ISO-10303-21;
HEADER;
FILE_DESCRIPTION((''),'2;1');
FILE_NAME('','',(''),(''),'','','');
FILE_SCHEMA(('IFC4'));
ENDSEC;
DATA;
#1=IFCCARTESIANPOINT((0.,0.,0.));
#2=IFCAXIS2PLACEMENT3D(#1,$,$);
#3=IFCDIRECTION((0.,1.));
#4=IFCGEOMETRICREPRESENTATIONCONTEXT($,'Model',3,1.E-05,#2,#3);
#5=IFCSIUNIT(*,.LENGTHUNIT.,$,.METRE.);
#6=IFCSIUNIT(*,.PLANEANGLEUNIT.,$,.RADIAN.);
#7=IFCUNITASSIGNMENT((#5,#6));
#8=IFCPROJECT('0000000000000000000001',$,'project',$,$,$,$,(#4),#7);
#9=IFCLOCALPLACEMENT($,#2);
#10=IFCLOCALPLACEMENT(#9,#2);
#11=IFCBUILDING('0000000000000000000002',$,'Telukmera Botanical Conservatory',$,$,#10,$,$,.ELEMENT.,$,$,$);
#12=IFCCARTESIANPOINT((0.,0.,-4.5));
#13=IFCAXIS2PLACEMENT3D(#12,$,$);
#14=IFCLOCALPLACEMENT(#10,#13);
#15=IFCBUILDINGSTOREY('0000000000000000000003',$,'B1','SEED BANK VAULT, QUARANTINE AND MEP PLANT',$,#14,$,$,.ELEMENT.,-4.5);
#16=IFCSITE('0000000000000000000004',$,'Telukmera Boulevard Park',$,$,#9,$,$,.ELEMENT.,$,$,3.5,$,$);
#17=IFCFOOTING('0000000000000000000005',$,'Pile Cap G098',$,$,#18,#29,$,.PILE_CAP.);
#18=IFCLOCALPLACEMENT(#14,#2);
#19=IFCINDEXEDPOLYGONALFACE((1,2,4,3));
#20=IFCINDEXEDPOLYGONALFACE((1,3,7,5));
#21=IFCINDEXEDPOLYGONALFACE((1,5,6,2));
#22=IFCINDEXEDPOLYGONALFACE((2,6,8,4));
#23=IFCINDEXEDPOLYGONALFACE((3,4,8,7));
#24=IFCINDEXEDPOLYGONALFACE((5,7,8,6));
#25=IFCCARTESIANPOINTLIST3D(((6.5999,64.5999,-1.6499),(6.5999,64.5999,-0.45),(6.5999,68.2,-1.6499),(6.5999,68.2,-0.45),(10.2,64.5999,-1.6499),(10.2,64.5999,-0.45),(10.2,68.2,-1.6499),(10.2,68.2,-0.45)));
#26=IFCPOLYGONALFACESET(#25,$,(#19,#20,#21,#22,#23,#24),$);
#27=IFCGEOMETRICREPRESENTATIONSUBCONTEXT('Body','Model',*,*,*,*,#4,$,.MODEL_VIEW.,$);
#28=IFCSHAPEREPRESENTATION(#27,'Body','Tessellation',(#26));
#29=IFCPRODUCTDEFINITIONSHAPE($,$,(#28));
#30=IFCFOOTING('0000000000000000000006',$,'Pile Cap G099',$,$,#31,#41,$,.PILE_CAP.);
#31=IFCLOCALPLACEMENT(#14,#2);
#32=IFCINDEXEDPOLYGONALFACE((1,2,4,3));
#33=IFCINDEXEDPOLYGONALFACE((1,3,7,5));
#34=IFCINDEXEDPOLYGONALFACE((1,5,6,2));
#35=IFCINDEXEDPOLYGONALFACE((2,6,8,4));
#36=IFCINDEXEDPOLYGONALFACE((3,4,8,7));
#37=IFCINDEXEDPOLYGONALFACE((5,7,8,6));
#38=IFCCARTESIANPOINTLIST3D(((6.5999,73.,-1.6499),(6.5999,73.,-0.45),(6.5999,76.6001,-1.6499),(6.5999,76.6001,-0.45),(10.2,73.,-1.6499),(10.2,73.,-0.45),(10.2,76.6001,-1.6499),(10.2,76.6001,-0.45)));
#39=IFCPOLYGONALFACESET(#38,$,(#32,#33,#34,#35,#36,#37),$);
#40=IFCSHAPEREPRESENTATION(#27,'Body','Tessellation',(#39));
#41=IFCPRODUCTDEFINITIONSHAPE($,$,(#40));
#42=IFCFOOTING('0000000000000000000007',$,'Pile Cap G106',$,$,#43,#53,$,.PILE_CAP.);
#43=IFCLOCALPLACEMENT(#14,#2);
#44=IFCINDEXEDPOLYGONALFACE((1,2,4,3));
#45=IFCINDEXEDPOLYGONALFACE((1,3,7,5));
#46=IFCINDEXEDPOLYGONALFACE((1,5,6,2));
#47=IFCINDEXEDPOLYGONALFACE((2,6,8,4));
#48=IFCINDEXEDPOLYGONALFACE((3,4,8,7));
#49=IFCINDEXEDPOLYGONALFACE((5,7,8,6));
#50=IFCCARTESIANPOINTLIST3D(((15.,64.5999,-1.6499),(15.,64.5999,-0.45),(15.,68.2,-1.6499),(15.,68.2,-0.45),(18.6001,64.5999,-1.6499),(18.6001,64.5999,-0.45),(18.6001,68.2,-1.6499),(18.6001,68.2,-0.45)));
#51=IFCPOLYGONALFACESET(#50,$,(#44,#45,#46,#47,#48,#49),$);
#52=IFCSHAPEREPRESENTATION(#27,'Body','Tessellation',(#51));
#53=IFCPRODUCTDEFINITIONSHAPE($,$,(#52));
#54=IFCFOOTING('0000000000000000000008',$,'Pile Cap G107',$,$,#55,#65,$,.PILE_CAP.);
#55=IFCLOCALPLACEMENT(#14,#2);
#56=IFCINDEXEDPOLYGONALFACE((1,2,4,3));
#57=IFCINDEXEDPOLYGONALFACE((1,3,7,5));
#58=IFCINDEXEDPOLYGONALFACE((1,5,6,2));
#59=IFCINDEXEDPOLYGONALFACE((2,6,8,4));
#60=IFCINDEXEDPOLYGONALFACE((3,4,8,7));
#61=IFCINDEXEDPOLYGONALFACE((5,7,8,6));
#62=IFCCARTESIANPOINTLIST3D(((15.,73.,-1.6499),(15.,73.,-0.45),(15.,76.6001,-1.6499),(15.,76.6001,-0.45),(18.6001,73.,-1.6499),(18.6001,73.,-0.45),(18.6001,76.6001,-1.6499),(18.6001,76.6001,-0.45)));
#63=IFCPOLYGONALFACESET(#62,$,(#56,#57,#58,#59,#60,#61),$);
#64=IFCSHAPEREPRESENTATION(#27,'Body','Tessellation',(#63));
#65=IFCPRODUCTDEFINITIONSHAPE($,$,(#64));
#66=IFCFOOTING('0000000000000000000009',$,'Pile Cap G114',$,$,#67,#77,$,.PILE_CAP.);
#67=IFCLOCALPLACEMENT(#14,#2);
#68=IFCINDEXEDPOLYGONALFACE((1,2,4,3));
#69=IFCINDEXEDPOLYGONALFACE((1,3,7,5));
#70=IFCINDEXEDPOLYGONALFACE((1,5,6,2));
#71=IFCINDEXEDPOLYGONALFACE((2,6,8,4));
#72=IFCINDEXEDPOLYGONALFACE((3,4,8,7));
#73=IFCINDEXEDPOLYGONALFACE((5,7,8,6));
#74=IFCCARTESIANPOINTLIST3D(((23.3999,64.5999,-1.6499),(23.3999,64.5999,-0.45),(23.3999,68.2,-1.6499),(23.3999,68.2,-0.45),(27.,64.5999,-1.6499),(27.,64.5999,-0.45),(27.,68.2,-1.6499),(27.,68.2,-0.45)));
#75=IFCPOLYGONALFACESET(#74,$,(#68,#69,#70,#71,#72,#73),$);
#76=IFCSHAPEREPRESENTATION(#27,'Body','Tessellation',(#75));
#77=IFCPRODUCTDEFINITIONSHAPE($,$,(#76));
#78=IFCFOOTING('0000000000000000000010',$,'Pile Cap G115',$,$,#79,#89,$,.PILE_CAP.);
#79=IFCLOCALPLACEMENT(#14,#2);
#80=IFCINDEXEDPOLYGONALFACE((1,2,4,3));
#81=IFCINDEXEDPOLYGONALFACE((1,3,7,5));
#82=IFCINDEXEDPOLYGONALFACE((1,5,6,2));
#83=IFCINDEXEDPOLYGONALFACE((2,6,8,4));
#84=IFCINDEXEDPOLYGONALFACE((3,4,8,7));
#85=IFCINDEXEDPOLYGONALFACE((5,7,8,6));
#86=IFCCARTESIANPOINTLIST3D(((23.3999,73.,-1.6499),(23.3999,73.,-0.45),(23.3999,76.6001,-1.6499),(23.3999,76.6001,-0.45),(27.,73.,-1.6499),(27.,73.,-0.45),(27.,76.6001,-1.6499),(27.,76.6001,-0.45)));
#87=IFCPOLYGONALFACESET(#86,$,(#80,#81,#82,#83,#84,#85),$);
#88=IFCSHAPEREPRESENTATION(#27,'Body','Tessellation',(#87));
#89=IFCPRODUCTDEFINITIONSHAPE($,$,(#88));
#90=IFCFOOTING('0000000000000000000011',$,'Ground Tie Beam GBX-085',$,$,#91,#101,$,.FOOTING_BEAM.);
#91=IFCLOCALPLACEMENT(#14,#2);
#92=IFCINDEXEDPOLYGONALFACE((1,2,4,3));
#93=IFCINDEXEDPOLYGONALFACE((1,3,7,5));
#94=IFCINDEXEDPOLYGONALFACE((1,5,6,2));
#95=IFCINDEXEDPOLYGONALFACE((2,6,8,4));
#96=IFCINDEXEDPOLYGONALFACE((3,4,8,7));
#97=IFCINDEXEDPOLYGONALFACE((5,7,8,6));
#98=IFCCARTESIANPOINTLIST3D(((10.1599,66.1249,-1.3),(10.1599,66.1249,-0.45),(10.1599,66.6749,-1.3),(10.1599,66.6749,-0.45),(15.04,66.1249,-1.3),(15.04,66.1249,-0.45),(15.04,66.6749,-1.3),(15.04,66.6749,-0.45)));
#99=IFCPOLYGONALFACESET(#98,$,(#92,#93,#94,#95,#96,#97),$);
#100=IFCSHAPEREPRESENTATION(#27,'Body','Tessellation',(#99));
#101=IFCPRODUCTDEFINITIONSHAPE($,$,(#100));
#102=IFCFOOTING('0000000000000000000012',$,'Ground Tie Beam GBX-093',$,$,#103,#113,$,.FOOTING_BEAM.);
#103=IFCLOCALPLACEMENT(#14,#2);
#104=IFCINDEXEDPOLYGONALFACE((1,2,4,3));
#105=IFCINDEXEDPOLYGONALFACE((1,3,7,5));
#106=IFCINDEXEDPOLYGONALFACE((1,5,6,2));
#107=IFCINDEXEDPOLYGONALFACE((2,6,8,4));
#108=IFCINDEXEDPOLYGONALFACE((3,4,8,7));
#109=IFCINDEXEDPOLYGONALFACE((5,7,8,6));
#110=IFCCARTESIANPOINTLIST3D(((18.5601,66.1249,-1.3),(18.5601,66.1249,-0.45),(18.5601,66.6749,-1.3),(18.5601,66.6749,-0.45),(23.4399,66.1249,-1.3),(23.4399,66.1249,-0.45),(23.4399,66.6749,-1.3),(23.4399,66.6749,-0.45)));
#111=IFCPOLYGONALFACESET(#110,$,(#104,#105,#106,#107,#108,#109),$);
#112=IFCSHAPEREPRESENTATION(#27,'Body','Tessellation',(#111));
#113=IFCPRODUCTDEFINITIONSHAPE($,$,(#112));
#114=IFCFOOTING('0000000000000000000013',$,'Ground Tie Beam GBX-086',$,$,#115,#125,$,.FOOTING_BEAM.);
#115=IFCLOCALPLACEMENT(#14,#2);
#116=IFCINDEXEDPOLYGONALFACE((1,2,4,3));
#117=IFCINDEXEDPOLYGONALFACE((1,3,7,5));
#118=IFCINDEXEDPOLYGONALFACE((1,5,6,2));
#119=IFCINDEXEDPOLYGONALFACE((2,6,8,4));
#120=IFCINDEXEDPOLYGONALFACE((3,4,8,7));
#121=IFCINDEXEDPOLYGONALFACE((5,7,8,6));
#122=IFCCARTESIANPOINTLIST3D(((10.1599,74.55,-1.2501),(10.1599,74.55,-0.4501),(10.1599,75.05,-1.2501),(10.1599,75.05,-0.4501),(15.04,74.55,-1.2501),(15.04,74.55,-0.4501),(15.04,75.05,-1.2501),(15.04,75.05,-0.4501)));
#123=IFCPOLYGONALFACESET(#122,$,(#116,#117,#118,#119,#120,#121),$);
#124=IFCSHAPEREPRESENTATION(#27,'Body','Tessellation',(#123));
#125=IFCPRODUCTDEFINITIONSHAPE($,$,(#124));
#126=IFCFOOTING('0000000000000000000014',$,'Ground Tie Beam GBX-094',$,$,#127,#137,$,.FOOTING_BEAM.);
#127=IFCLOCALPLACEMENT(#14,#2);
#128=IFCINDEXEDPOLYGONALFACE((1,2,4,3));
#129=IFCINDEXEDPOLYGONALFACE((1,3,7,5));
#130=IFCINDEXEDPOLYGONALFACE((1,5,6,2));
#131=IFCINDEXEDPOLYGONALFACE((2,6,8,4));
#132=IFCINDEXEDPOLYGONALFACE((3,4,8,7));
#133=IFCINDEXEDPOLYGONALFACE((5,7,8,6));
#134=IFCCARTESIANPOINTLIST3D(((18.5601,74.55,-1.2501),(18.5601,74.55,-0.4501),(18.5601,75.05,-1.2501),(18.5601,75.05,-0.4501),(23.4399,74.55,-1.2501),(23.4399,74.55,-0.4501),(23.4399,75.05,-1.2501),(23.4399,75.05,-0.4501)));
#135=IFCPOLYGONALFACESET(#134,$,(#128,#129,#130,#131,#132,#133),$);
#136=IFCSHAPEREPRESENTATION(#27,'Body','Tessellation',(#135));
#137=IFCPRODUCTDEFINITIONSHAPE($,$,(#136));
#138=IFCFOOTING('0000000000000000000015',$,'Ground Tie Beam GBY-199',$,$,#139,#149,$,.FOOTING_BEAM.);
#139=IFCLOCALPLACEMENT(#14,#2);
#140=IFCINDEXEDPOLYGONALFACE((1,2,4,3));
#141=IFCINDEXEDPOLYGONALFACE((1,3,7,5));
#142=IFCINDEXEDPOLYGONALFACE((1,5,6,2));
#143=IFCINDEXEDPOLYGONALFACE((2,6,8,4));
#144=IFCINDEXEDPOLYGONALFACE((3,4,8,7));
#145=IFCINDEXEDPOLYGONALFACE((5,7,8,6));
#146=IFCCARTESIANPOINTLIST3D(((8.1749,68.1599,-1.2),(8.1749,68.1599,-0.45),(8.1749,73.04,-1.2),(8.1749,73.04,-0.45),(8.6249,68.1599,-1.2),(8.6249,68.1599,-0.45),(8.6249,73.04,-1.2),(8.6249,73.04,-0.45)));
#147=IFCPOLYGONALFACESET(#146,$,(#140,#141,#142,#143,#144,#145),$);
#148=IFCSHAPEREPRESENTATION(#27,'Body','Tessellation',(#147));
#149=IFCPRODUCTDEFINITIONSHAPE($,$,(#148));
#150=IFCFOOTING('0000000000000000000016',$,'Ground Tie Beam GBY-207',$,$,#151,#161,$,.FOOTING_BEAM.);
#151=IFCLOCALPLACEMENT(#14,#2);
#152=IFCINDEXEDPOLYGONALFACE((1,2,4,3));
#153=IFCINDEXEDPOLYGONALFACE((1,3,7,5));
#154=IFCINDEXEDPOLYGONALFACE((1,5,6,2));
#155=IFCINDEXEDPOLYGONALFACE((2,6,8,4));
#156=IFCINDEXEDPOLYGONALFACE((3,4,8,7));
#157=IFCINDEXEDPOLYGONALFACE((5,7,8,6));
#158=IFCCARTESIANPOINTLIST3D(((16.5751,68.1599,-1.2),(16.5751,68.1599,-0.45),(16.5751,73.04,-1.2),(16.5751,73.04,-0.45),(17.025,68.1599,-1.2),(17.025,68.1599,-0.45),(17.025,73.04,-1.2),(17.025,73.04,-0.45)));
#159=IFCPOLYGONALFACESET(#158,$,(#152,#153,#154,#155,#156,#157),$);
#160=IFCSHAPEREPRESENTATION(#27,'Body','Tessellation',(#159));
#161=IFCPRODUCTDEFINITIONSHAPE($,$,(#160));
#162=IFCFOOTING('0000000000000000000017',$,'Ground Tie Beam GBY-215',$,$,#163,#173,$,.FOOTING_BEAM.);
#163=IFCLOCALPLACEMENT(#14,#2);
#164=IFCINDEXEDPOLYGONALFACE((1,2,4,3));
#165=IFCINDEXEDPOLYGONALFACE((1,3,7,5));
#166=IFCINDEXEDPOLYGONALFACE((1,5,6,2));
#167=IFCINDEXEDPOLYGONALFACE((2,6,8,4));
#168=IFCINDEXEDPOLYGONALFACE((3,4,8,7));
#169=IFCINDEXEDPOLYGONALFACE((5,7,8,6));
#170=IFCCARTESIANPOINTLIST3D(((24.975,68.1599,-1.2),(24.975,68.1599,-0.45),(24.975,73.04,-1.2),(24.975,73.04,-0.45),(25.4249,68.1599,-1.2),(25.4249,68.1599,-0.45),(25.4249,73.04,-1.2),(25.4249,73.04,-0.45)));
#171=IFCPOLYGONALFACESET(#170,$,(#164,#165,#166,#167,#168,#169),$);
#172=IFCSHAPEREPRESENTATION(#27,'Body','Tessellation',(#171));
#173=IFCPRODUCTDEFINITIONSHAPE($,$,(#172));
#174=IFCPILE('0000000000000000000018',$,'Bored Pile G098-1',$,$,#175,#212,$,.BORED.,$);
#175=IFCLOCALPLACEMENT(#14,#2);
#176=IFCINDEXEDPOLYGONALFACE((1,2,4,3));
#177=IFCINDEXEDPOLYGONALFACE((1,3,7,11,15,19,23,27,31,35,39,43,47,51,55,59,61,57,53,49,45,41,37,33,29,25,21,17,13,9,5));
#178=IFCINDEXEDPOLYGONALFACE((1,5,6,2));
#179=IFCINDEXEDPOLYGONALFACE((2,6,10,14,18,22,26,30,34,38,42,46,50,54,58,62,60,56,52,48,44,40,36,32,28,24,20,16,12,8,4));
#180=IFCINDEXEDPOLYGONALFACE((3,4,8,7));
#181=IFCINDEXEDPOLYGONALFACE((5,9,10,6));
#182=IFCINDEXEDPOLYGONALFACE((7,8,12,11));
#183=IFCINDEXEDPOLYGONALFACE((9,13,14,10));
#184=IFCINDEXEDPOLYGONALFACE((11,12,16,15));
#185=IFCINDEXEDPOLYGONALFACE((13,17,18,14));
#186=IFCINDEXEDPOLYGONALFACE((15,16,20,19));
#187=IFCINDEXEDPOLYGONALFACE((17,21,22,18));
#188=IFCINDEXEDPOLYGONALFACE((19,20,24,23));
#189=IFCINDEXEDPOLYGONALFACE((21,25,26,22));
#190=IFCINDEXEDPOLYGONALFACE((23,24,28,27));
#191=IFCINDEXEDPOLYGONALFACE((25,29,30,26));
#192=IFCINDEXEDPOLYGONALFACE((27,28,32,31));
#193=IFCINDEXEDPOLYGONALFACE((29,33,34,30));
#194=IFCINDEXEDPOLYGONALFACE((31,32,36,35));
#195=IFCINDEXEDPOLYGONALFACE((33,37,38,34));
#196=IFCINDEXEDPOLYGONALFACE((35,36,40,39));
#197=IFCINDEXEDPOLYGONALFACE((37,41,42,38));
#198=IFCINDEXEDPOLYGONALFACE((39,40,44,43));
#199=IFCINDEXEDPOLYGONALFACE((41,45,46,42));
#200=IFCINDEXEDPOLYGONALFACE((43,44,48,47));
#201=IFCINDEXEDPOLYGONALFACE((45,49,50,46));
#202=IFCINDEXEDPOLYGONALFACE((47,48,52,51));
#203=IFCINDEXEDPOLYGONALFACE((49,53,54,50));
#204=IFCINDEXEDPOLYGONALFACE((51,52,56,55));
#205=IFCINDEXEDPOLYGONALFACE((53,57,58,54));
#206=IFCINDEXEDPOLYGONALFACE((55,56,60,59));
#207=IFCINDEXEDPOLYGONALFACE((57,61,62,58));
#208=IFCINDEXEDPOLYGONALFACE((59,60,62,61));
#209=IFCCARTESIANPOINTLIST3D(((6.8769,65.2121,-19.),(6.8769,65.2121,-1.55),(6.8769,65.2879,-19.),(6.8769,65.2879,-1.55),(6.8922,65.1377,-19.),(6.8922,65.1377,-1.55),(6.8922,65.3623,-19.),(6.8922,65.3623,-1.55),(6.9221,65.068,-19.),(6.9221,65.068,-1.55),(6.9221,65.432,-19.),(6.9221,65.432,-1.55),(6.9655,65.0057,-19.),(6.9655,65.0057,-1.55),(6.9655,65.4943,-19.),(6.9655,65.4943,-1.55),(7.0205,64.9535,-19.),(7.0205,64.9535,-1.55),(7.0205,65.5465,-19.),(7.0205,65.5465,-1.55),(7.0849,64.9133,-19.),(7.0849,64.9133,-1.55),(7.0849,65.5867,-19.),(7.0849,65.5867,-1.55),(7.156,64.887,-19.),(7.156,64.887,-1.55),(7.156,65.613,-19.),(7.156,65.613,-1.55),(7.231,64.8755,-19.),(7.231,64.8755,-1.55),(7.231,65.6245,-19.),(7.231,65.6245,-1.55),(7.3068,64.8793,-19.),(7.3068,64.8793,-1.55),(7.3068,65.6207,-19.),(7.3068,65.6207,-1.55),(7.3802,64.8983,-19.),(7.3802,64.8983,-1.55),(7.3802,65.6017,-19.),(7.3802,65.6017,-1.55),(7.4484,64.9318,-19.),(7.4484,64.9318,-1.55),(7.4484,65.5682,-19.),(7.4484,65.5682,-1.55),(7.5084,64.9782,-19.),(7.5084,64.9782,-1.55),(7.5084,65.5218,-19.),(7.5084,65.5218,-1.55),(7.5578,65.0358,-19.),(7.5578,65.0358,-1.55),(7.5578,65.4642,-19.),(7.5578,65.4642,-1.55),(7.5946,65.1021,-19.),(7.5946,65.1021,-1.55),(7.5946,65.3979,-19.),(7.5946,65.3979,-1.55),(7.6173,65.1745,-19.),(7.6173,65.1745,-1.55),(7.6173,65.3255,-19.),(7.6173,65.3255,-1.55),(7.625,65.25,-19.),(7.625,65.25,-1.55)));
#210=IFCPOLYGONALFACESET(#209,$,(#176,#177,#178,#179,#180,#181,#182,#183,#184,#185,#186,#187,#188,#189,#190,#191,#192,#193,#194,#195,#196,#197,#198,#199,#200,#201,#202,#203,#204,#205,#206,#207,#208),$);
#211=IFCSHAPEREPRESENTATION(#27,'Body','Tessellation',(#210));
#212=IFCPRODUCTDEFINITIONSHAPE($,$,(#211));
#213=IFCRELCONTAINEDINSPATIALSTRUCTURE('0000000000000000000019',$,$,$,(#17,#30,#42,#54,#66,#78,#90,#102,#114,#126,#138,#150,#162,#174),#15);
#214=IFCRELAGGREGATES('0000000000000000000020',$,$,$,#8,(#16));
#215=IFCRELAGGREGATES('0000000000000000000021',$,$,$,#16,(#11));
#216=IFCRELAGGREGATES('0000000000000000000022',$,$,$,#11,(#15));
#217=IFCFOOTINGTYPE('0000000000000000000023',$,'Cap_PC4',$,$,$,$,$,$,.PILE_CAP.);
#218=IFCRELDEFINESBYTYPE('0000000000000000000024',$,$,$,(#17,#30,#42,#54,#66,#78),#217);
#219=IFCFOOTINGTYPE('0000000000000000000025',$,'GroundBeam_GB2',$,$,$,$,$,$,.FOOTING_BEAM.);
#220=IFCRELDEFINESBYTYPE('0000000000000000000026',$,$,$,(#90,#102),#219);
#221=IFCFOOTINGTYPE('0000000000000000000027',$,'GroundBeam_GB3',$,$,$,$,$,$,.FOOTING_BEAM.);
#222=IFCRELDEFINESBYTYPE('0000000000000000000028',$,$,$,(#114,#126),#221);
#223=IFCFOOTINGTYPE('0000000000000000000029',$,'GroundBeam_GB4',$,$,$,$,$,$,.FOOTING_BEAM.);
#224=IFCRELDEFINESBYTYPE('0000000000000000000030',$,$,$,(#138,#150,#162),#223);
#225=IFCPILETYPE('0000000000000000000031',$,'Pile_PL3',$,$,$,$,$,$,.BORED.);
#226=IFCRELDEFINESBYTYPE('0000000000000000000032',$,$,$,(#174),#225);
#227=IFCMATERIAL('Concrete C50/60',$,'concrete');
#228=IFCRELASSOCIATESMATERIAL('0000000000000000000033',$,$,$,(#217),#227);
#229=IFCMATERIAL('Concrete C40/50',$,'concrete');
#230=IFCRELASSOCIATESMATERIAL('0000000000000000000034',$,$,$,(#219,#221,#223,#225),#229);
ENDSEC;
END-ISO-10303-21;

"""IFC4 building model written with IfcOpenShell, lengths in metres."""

from ifc_helpers import new_model, si_unit, direction, frame, origin, origin_2d, place, context, subcontext, project, spatial, rectangle, circle, extrude, material, material_profile, profile_set, type_object, element, save


model = new_model("IFC4")

# Units and contexts
model_context = context("Model", 3, precision=1e-05, world=origin(), true_north=direction((0.0, 1.0)))
body_context = subcontext(model_context, "Body", "Model", "MODEL_VIEW")
ifc_project = project(units=[si_unit("LENGTHUNIT", "METRE"), si_unit("PLANEANGLEUNIT", "RADIAN")], contexts=[model_context])

# Site, building, storey
site_placement = place(None, origin())
site = spatial("IfcSite", under=ifc_project, at=site_placement, Name="Telukmera Boulevard Park", CompositionType="ELEMENT", RefElevation=3.5)
building_placement = place(site_placement, origin())
building = spatial("IfcBuilding", under=site, at=building_placement, Name="Telukmera Botanical Conservatory", CompositionType="ELEMENT")
storey_placement = place(building_placement, frame((0.0, 0.0, -4.5)))
storey = spatial("IfcBuildingStorey", under=building, at=storey_placement, Name="B1", Description="SEED BANK VAULT, QUARANTINE AND MEP PLANT", CompositionType="ELEMENT", Elevation=-4.5)

# Footings
ifc_material_1 = material(Name="Concrete C50/60", Category="concrete")
footing_type_1 = type_object("IfcFootingType", Name="Cap_PC4", PredefinedType="PILE_CAP", material=ifc_material_1)
for number, where, z_axis, x_axis, name in (
    (1, (8.3999, 66.3999, -1.6499), (0.0, 0.0, 1.0), (1.0, 0.0, 0.0), "Pile Cap G098"),
    (2, (8.3999, 74.8, -1.6499), (0.0, 0.0, 1.0), (1.0, 0.0, 0.0), "Pile Cap G099"),
    (3, (16.8, 66.3999, -1.6499), (0.0, 0.0, 1.0), (1.0, 0.0, 0.0), "Pile Cap G106"),
    (4, (16.8, 74.8, -1.6499), (0.0, 0.0, 1.0), (1.0, 0.0, 0.0), "Pile Cap G107"),
    (5, (25.2, 66.3999, -1.6499), (0.0, 0.0, 1.0), (1.0, 0.0, 0.0), "Pile Cap G114"),
    (6, (25.2, 74.8, -1.6499), (0.0, 0.0, 1.0), (1.0, 0.0, 0.0), "Pile Cap G115"),
):
    element("IfcFooting", number, at=place(storey_placement, frame(where, z_axis=z_axis, x_axis=x_axis)), inside=storey, type_object=footing_type_1, Name=name, PredefinedType="PILE_CAP", context=body_context, shape_type="SweptSolid", body=[
        extrude(rectangle(XDim=3.6001, YDim=3.6001, at=origin_2d()), origin(), (0.0, 0.0, 1.0), 1.2),
    ])
ifc_material_2 = material(Name="Concrete C40/50", Category="concrete")
ifc_material_profile_1 = material_profile(ifc_material_2, rectangle(XDim=0.55, YDim=0.8501, at=origin_2d()), Name="RC 550x850")
ifc_profile_set_1 = profile_set([ifc_material_profile_1], Name="Concrete C40/50")
footing_type_2 = type_object("IfcFootingType", Name="GroundBeam_GB2", PredefinedType="FOOTING_BEAM", material=ifc_profile_set_1)
footing_1_placement = place(storey_placement, frame((10.1599, 66.3999, -0.875), z_axis=(1.0, 0.0, 0.0), x_axis=(0.0, 1.0, 0.0)))
element("IfcFooting", 7, at=footing_1_placement, inside=storey, type_object=footing_type_2, Name="Ground Tie Beam GBX-085", PredefinedType="FOOTING_BEAM", context=body_context, shape_type="SweptSolid", body=[
    extrude(rectangle(XDim=0.55, YDim=0.8501, at=origin_2d()), origin(), (0.0, 0.0, 1.0), 4.8801),
])
footing_2_placement = place(storey_placement, frame((18.5601, 66.3999, -0.875), z_axis=(1.0, 0.0, 0.0), x_axis=(0.0, 1.0, 0.0)))
element("IfcFooting", 8, at=footing_2_placement, inside=storey, type_object=footing_type_2, Name="Ground Tie Beam GBX-093", PredefinedType="FOOTING_BEAM", context=body_context, shape_type="SweptSolid", body=[
    extrude(rectangle(XDim=0.55, YDim=0.8501, at=origin_2d()), origin(), (0.0, 0.0, 1.0), 4.8799),
])
ifc_material_profile_2 = material_profile(ifc_material_2, rectangle(XDim=0.5, YDim=0.8, at=origin_2d()), Name="RC 500x800")
ifc_profile_set_2 = profile_set([ifc_material_profile_2], Name="Concrete C40/50")
footing_type_3 = type_object("IfcFootingType", Name="GroundBeam_GB3", PredefinedType="FOOTING_BEAM", material=ifc_profile_set_2)
footing_3_placement = place(storey_placement, frame((10.1599, 74.8, -0.8501), z_axis=(1.0, 0.0, 0.0), x_axis=(0.0, 1.0, 0.0)))
element("IfcFooting", 9, at=footing_3_placement, inside=storey, type_object=footing_type_3, Name="Ground Tie Beam GBX-086", PredefinedType="FOOTING_BEAM", context=body_context, shape_type="SweptSolid", body=[
    extrude(rectangle(XDim=0.5, YDim=0.8, at=origin_2d()), origin(), (0.0, 0.0, 1.0), 4.8801),
])
footing_4_placement = place(storey_placement, frame((18.5601, 74.8, -0.8501), z_axis=(1.0, 0.0, 0.0), x_axis=(0.0, 1.0, 0.0)))
element("IfcFooting", 10, at=footing_4_placement, inside=storey, type_object=footing_type_3, Name="Ground Tie Beam GBX-094", PredefinedType="FOOTING_BEAM", context=body_context, shape_type="SweptSolid", body=[
    extrude(rectangle(XDim=0.5, YDim=0.8, at=origin_2d()), origin(), (0.0, 0.0, 1.0), 4.8799),
])
ifc_material_profile_3 = material_profile(ifc_material_2, rectangle(XDim=0.45, YDim=0.75, at=origin_2d()), Name="RC 450x750")
ifc_profile_set_3 = profile_set([ifc_material_profile_3], Name="Concrete C40/50")
footing_type_4 = type_object("IfcFootingType", Name="GroundBeam_GB4", PredefinedType="FOOTING_BEAM", material=ifc_profile_set_3)
for number, where, z_axis, x_axis, name in (
    (11, (8.3999, 68.1599, -0.825), (0.0, 1.0, 0.0), (-1.0, 0.0, 0.0), "Ground Tie Beam GBY-199"),
    (12, (16.8, 68.1599, -0.825), (0.0, 1.0, 0.0), (-1.0, 0.0, 0.0), "Ground Tie Beam GBY-207"),
    (13, (25.2, 68.1599, -0.825), (0.0, 1.0, 0.0), (-1.0, 0.0, 0.0), "Ground Tie Beam GBY-215"),
):
    element("IfcFooting", number, at=place(storey_placement, frame(where, z_axis=z_axis, x_axis=x_axis)), inside=storey, type_object=footing_type_4, Name=name, PredefinedType="FOOTING_BEAM", context=body_context, shape_type="SweptSolid", body=[
        extrude(rectangle(XDim=0.45, YDim=0.75, at=origin_2d()), origin(), (0.0, 0.0, 1.0), 4.8801),
    ])

# Pile
ifc_material_profile_4 = material_profile(ifc_material_2, circle(Radius=0.375, at=origin_2d()), Name="PILE D750")
ifc_profile_set_4 = profile_set([ifc_material_profile_4], Name="Concrete C40/50")
pile_type = type_object("IfcPileType", Name="Pile_PL3", PredefinedType="BORED", material=ifc_profile_set_4)
for number, where, z_axis, x_axis, name in (
    (14, (7.25, 65.25, -1.55), (0.0, 0.0, -1.0), (1.0, 0.0, 0.0), "Bored Pile G098-1"),
):
    element("IfcPile", number, at=place(storey_placement, frame(where, z_axis=z_axis, x_axis=x_axis)), inside=storey, type_object=pile_type, Name=name, PredefinedType="BORED", context=body_context, shape_type="SweptSolid", body=[
        extrude(circle(Radius=0.375, at=origin_2d()), origin(), (0.0, 0.0, 1.0), 17.45),
    ])

save(model, "model.ifc")
